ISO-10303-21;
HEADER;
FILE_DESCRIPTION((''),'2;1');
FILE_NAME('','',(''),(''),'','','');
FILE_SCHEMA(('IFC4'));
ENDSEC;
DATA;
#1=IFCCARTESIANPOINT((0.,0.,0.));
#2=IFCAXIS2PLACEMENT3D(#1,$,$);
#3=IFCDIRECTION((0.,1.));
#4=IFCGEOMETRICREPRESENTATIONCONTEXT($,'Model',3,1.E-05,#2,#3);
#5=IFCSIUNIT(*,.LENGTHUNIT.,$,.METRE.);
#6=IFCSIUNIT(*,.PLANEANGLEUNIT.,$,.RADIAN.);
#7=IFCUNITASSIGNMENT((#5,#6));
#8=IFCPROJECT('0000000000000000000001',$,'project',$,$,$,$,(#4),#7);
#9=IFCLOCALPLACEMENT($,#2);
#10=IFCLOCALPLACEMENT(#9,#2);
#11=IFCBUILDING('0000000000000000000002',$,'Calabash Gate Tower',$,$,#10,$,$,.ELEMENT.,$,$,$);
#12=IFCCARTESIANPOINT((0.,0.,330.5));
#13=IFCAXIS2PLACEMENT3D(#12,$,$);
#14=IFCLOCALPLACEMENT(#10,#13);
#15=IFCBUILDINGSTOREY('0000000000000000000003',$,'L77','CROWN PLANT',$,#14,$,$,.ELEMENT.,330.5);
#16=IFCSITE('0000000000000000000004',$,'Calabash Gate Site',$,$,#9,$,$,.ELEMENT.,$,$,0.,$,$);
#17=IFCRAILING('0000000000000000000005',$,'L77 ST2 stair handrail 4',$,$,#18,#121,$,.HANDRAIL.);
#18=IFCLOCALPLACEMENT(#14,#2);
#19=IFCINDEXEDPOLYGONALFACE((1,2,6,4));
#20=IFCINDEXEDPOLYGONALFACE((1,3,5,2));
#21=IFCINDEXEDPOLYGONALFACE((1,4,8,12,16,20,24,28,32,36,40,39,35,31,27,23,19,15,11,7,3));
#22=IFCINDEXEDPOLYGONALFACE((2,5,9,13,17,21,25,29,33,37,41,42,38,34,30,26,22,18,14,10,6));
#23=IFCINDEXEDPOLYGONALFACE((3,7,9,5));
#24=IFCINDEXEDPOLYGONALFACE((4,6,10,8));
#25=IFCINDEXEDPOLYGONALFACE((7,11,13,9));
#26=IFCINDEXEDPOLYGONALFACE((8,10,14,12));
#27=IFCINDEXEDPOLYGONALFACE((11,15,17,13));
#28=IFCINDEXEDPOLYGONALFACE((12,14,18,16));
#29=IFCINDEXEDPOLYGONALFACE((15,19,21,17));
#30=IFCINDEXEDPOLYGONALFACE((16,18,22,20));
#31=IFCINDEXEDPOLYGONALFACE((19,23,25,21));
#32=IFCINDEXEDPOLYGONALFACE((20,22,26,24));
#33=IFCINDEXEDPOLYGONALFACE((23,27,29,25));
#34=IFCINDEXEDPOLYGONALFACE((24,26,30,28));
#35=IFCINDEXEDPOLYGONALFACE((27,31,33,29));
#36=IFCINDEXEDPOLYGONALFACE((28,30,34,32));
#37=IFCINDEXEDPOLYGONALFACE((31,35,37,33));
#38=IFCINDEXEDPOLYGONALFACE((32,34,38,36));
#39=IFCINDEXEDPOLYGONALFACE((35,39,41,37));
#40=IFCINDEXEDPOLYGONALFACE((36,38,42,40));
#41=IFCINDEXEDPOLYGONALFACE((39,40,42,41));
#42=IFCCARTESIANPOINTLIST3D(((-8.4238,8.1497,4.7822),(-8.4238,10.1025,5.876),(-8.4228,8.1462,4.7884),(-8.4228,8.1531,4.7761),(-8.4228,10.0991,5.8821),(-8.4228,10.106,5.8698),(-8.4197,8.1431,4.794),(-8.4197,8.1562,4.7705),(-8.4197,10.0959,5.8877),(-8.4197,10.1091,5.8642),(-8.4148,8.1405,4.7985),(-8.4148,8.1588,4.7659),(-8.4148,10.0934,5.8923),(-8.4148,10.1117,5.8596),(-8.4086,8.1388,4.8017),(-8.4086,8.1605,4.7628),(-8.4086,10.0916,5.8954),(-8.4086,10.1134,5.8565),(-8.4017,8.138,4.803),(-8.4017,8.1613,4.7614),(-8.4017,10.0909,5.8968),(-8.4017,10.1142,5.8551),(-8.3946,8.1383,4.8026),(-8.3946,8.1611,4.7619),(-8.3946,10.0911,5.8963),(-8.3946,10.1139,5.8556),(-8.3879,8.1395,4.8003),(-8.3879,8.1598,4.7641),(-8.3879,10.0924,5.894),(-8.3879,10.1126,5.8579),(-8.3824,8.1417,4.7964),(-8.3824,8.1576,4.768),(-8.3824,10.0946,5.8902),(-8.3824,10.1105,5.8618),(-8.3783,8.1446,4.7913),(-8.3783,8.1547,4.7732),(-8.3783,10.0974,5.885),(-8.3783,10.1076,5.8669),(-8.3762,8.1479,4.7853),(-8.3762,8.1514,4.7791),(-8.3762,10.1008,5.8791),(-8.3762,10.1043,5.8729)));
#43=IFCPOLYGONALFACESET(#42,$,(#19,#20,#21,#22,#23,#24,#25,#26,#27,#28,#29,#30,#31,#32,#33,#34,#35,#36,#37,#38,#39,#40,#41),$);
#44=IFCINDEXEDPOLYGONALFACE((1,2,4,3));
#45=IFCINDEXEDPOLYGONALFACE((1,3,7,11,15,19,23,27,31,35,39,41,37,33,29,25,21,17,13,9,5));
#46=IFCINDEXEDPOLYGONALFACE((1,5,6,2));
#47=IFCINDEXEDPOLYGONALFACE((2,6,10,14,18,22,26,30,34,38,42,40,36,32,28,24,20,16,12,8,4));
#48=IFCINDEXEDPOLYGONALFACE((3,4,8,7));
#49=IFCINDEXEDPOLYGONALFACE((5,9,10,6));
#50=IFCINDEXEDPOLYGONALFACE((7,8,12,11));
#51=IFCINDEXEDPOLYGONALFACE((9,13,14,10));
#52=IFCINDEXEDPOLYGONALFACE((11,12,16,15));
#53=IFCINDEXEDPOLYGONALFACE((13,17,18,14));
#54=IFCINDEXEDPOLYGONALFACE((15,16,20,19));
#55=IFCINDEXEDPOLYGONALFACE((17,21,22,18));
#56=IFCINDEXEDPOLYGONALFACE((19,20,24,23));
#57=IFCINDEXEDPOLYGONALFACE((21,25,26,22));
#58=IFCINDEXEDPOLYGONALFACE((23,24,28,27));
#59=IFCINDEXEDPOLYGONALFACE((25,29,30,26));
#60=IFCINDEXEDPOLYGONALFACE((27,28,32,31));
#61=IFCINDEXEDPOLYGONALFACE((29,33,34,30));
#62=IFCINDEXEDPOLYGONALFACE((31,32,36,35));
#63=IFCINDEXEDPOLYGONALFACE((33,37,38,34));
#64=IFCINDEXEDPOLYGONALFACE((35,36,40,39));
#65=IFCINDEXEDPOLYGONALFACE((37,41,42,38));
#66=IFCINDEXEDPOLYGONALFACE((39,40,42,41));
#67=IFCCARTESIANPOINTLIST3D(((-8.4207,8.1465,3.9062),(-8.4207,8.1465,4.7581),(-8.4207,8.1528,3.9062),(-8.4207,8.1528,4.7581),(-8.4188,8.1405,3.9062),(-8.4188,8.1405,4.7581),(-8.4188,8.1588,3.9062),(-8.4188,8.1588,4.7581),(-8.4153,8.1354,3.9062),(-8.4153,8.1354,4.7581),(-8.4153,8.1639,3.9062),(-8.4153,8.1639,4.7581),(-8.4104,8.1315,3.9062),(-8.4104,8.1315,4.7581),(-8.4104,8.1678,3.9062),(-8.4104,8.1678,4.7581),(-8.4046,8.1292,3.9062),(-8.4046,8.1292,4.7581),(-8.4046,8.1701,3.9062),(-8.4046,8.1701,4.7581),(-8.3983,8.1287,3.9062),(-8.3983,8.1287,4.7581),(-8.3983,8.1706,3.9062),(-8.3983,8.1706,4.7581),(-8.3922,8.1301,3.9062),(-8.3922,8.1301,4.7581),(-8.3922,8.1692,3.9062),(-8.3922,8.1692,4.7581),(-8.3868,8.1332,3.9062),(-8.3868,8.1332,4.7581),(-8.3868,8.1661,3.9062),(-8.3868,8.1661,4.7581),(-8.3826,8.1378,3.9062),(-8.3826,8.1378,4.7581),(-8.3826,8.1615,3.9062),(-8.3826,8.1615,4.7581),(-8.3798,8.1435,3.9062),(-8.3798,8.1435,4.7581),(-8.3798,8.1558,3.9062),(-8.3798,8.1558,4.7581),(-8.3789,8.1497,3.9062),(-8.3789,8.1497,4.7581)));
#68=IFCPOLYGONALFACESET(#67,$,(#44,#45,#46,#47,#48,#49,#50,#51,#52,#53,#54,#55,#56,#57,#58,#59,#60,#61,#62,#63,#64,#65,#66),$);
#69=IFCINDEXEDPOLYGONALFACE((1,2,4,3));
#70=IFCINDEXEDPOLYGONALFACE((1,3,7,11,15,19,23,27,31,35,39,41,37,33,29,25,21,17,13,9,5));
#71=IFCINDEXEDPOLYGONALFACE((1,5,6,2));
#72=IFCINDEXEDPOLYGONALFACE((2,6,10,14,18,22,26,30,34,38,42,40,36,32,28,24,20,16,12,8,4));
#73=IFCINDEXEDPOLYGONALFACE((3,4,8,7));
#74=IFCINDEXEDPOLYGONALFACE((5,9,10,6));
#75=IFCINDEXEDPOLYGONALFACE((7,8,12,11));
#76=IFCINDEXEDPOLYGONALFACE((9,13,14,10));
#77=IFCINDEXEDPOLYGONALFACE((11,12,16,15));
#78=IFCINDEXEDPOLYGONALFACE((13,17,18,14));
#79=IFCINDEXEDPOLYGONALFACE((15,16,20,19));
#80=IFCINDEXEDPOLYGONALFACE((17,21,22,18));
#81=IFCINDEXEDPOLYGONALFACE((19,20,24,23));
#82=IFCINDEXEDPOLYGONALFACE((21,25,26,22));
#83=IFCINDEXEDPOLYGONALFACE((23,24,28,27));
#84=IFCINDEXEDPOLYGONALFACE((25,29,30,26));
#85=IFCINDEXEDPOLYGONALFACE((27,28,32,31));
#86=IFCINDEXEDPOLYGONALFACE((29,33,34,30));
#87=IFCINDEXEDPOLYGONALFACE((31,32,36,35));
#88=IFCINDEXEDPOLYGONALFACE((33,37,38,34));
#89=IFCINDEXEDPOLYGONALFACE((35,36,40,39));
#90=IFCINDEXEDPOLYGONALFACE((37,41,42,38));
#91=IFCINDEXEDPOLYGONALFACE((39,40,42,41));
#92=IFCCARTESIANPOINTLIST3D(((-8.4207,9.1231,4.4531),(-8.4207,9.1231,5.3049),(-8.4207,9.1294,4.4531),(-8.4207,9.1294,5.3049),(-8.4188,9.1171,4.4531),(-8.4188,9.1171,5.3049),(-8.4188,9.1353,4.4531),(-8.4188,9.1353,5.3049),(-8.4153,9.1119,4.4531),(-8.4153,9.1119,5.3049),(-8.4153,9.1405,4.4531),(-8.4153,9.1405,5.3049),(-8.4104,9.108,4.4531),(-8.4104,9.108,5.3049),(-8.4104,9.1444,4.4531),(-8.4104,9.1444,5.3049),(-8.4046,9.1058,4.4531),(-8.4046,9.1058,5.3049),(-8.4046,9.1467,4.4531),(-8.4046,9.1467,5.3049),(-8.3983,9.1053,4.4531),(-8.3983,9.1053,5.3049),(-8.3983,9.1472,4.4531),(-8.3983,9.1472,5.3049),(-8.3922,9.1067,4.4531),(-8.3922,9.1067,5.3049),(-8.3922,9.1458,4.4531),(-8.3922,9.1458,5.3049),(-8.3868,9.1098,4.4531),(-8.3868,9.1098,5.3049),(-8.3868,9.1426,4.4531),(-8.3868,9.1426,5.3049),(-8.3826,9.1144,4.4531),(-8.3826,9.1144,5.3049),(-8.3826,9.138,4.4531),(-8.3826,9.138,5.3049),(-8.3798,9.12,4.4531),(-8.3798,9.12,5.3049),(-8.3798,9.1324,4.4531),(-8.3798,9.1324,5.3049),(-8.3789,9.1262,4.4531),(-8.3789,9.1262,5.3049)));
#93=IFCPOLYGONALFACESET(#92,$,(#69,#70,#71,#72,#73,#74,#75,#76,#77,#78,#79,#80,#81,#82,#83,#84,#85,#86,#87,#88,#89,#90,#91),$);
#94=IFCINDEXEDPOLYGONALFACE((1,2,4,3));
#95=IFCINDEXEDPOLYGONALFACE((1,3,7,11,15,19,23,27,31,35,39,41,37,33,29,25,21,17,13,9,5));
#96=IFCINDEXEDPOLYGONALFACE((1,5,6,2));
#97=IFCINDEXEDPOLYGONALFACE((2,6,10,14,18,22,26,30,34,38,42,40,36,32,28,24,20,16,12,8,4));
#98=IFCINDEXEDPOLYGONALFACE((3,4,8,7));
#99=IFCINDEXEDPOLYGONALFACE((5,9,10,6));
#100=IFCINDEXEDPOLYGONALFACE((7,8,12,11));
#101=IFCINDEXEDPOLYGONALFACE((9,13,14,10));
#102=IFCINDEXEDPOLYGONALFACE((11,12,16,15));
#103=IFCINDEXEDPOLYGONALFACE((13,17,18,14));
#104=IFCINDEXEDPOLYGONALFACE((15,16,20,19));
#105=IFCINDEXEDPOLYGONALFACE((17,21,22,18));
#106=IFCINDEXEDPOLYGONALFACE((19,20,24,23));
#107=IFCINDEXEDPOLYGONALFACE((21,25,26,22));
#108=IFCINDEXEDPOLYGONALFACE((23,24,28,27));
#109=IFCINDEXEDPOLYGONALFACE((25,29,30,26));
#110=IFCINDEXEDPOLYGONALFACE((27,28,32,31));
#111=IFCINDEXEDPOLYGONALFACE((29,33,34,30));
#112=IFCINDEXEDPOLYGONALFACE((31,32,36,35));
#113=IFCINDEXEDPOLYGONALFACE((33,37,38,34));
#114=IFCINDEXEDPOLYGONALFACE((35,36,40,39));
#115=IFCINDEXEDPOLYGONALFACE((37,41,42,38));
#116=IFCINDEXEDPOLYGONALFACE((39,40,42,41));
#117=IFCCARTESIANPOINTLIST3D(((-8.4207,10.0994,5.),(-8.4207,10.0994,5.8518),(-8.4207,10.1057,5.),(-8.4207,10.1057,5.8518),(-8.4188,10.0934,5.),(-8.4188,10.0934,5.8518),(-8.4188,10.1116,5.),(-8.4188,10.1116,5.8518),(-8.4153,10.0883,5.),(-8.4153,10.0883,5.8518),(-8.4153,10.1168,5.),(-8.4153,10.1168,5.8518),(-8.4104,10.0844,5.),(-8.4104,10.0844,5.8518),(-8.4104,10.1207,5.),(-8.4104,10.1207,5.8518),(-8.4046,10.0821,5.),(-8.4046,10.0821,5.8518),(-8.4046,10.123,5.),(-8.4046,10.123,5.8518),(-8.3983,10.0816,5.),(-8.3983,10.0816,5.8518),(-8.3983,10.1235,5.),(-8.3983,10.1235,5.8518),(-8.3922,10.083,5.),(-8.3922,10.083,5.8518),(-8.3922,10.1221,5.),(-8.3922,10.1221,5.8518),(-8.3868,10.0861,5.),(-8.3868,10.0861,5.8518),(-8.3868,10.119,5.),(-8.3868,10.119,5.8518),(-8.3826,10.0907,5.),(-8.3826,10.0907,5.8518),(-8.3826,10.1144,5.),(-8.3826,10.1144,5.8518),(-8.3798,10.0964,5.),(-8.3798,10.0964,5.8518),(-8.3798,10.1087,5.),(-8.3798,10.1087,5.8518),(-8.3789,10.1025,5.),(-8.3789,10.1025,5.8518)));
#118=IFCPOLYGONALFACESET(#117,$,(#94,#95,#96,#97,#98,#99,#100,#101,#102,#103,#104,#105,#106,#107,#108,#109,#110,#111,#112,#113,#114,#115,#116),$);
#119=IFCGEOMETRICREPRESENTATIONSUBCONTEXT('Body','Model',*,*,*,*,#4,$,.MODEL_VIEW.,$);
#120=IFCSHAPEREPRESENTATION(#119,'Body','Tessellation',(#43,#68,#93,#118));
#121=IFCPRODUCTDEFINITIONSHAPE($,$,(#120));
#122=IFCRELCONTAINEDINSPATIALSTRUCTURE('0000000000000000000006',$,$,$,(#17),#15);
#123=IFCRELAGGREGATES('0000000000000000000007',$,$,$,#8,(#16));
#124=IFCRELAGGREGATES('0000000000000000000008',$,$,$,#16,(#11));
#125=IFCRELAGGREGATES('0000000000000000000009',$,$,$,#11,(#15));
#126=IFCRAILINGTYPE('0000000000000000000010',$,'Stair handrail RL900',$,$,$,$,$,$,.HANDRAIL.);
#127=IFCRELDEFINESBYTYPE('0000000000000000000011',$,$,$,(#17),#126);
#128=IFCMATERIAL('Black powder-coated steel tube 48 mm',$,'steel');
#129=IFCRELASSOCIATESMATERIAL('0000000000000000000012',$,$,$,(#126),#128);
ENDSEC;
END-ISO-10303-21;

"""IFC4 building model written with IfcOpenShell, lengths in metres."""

from ifc_helpers import new_model, si_unit, direction, frame, origin, origin_2d, place, context, subcontext, project, spatial, circle, extrude, material, type_object, element, save


model = new_model("IFC4")

# Units and contexts
model_context = context("Model", 3, precision=1e-05, world=origin(), true_north=direction((0.0, 1.0)))
body_context = subcontext(model_context, "Body", "Model", "MODEL_VIEW")
ifc_project = project(units=[si_unit("LENGTHUNIT", "METRE"), si_unit("PLANEANGLEUNIT", "RADIAN")], contexts=[model_context])

# Site, building, storey
site_placement = place(None, origin())
site = spatial("IfcSite", under=ifc_project, at=site_placement, Name="Calabash Gate Site", CompositionType="ELEMENT", RefElevation=0.0)
building_placement = place(site_placement, origin())
building = spatial("IfcBuilding", under=site, at=building_placement, Name="Calabash Gate Tower", CompositionType="ELEMENT")
storey_placement = place(building_placement, frame((0.0, 0.0, 330.5)))
storey = spatial("IfcBuildingStorey", under=building, at=storey_placement, Name="L77", Description="CROWN PLANT", CompositionType="ELEMENT", Elevation=330.5)

# Railing
ifc_material_1 = material(Name="Black powder-coated steel tube 48 mm", Category="steel")
railing_type_1 = type_object("IfcRailingType", Name="Stair handrail RL900", PredefinedType="HANDRAIL", material=ifc_material_1)
railing_1_placement = place(storey_placement, frame((-8.3999, 8.1497, 3.9062)))
element("IfcRailing", 1, at=railing_1_placement, inside=storey, type_object=railing_type_1, Name="L77 ST2 stair handrail 4", PredefinedType="HANDRAIL", context=body_context, shape_type="SweptSolid", body=[
    extrude(circle(Radius=0.0239, at=origin_2d()), frame((0.0, 0.0, 0.876), z_axis=(0.0, 0.87248, 0.48865), x_axis=(-1.0, 0.0, 0.0)), (0.0, 0.0, 1.0), 2.2383),
    extrude(circle(Radius=0.021, at=origin_2d()), origin(), (0.0, 0.0, 1.0), 0.8518),
    extrude(circle(Radius=0.021, at=origin_2d()), frame((0.0, 0.9766, 0.5469)), (0.0, 0.0, 1.0), 0.8518),
    extrude(circle(Radius=0.021, at=origin_2d()), frame((0.0, 1.9529, 1.0938)), (0.0, 0.0, 1.0), 0.8518),
])

save(model, "model.ifc")
